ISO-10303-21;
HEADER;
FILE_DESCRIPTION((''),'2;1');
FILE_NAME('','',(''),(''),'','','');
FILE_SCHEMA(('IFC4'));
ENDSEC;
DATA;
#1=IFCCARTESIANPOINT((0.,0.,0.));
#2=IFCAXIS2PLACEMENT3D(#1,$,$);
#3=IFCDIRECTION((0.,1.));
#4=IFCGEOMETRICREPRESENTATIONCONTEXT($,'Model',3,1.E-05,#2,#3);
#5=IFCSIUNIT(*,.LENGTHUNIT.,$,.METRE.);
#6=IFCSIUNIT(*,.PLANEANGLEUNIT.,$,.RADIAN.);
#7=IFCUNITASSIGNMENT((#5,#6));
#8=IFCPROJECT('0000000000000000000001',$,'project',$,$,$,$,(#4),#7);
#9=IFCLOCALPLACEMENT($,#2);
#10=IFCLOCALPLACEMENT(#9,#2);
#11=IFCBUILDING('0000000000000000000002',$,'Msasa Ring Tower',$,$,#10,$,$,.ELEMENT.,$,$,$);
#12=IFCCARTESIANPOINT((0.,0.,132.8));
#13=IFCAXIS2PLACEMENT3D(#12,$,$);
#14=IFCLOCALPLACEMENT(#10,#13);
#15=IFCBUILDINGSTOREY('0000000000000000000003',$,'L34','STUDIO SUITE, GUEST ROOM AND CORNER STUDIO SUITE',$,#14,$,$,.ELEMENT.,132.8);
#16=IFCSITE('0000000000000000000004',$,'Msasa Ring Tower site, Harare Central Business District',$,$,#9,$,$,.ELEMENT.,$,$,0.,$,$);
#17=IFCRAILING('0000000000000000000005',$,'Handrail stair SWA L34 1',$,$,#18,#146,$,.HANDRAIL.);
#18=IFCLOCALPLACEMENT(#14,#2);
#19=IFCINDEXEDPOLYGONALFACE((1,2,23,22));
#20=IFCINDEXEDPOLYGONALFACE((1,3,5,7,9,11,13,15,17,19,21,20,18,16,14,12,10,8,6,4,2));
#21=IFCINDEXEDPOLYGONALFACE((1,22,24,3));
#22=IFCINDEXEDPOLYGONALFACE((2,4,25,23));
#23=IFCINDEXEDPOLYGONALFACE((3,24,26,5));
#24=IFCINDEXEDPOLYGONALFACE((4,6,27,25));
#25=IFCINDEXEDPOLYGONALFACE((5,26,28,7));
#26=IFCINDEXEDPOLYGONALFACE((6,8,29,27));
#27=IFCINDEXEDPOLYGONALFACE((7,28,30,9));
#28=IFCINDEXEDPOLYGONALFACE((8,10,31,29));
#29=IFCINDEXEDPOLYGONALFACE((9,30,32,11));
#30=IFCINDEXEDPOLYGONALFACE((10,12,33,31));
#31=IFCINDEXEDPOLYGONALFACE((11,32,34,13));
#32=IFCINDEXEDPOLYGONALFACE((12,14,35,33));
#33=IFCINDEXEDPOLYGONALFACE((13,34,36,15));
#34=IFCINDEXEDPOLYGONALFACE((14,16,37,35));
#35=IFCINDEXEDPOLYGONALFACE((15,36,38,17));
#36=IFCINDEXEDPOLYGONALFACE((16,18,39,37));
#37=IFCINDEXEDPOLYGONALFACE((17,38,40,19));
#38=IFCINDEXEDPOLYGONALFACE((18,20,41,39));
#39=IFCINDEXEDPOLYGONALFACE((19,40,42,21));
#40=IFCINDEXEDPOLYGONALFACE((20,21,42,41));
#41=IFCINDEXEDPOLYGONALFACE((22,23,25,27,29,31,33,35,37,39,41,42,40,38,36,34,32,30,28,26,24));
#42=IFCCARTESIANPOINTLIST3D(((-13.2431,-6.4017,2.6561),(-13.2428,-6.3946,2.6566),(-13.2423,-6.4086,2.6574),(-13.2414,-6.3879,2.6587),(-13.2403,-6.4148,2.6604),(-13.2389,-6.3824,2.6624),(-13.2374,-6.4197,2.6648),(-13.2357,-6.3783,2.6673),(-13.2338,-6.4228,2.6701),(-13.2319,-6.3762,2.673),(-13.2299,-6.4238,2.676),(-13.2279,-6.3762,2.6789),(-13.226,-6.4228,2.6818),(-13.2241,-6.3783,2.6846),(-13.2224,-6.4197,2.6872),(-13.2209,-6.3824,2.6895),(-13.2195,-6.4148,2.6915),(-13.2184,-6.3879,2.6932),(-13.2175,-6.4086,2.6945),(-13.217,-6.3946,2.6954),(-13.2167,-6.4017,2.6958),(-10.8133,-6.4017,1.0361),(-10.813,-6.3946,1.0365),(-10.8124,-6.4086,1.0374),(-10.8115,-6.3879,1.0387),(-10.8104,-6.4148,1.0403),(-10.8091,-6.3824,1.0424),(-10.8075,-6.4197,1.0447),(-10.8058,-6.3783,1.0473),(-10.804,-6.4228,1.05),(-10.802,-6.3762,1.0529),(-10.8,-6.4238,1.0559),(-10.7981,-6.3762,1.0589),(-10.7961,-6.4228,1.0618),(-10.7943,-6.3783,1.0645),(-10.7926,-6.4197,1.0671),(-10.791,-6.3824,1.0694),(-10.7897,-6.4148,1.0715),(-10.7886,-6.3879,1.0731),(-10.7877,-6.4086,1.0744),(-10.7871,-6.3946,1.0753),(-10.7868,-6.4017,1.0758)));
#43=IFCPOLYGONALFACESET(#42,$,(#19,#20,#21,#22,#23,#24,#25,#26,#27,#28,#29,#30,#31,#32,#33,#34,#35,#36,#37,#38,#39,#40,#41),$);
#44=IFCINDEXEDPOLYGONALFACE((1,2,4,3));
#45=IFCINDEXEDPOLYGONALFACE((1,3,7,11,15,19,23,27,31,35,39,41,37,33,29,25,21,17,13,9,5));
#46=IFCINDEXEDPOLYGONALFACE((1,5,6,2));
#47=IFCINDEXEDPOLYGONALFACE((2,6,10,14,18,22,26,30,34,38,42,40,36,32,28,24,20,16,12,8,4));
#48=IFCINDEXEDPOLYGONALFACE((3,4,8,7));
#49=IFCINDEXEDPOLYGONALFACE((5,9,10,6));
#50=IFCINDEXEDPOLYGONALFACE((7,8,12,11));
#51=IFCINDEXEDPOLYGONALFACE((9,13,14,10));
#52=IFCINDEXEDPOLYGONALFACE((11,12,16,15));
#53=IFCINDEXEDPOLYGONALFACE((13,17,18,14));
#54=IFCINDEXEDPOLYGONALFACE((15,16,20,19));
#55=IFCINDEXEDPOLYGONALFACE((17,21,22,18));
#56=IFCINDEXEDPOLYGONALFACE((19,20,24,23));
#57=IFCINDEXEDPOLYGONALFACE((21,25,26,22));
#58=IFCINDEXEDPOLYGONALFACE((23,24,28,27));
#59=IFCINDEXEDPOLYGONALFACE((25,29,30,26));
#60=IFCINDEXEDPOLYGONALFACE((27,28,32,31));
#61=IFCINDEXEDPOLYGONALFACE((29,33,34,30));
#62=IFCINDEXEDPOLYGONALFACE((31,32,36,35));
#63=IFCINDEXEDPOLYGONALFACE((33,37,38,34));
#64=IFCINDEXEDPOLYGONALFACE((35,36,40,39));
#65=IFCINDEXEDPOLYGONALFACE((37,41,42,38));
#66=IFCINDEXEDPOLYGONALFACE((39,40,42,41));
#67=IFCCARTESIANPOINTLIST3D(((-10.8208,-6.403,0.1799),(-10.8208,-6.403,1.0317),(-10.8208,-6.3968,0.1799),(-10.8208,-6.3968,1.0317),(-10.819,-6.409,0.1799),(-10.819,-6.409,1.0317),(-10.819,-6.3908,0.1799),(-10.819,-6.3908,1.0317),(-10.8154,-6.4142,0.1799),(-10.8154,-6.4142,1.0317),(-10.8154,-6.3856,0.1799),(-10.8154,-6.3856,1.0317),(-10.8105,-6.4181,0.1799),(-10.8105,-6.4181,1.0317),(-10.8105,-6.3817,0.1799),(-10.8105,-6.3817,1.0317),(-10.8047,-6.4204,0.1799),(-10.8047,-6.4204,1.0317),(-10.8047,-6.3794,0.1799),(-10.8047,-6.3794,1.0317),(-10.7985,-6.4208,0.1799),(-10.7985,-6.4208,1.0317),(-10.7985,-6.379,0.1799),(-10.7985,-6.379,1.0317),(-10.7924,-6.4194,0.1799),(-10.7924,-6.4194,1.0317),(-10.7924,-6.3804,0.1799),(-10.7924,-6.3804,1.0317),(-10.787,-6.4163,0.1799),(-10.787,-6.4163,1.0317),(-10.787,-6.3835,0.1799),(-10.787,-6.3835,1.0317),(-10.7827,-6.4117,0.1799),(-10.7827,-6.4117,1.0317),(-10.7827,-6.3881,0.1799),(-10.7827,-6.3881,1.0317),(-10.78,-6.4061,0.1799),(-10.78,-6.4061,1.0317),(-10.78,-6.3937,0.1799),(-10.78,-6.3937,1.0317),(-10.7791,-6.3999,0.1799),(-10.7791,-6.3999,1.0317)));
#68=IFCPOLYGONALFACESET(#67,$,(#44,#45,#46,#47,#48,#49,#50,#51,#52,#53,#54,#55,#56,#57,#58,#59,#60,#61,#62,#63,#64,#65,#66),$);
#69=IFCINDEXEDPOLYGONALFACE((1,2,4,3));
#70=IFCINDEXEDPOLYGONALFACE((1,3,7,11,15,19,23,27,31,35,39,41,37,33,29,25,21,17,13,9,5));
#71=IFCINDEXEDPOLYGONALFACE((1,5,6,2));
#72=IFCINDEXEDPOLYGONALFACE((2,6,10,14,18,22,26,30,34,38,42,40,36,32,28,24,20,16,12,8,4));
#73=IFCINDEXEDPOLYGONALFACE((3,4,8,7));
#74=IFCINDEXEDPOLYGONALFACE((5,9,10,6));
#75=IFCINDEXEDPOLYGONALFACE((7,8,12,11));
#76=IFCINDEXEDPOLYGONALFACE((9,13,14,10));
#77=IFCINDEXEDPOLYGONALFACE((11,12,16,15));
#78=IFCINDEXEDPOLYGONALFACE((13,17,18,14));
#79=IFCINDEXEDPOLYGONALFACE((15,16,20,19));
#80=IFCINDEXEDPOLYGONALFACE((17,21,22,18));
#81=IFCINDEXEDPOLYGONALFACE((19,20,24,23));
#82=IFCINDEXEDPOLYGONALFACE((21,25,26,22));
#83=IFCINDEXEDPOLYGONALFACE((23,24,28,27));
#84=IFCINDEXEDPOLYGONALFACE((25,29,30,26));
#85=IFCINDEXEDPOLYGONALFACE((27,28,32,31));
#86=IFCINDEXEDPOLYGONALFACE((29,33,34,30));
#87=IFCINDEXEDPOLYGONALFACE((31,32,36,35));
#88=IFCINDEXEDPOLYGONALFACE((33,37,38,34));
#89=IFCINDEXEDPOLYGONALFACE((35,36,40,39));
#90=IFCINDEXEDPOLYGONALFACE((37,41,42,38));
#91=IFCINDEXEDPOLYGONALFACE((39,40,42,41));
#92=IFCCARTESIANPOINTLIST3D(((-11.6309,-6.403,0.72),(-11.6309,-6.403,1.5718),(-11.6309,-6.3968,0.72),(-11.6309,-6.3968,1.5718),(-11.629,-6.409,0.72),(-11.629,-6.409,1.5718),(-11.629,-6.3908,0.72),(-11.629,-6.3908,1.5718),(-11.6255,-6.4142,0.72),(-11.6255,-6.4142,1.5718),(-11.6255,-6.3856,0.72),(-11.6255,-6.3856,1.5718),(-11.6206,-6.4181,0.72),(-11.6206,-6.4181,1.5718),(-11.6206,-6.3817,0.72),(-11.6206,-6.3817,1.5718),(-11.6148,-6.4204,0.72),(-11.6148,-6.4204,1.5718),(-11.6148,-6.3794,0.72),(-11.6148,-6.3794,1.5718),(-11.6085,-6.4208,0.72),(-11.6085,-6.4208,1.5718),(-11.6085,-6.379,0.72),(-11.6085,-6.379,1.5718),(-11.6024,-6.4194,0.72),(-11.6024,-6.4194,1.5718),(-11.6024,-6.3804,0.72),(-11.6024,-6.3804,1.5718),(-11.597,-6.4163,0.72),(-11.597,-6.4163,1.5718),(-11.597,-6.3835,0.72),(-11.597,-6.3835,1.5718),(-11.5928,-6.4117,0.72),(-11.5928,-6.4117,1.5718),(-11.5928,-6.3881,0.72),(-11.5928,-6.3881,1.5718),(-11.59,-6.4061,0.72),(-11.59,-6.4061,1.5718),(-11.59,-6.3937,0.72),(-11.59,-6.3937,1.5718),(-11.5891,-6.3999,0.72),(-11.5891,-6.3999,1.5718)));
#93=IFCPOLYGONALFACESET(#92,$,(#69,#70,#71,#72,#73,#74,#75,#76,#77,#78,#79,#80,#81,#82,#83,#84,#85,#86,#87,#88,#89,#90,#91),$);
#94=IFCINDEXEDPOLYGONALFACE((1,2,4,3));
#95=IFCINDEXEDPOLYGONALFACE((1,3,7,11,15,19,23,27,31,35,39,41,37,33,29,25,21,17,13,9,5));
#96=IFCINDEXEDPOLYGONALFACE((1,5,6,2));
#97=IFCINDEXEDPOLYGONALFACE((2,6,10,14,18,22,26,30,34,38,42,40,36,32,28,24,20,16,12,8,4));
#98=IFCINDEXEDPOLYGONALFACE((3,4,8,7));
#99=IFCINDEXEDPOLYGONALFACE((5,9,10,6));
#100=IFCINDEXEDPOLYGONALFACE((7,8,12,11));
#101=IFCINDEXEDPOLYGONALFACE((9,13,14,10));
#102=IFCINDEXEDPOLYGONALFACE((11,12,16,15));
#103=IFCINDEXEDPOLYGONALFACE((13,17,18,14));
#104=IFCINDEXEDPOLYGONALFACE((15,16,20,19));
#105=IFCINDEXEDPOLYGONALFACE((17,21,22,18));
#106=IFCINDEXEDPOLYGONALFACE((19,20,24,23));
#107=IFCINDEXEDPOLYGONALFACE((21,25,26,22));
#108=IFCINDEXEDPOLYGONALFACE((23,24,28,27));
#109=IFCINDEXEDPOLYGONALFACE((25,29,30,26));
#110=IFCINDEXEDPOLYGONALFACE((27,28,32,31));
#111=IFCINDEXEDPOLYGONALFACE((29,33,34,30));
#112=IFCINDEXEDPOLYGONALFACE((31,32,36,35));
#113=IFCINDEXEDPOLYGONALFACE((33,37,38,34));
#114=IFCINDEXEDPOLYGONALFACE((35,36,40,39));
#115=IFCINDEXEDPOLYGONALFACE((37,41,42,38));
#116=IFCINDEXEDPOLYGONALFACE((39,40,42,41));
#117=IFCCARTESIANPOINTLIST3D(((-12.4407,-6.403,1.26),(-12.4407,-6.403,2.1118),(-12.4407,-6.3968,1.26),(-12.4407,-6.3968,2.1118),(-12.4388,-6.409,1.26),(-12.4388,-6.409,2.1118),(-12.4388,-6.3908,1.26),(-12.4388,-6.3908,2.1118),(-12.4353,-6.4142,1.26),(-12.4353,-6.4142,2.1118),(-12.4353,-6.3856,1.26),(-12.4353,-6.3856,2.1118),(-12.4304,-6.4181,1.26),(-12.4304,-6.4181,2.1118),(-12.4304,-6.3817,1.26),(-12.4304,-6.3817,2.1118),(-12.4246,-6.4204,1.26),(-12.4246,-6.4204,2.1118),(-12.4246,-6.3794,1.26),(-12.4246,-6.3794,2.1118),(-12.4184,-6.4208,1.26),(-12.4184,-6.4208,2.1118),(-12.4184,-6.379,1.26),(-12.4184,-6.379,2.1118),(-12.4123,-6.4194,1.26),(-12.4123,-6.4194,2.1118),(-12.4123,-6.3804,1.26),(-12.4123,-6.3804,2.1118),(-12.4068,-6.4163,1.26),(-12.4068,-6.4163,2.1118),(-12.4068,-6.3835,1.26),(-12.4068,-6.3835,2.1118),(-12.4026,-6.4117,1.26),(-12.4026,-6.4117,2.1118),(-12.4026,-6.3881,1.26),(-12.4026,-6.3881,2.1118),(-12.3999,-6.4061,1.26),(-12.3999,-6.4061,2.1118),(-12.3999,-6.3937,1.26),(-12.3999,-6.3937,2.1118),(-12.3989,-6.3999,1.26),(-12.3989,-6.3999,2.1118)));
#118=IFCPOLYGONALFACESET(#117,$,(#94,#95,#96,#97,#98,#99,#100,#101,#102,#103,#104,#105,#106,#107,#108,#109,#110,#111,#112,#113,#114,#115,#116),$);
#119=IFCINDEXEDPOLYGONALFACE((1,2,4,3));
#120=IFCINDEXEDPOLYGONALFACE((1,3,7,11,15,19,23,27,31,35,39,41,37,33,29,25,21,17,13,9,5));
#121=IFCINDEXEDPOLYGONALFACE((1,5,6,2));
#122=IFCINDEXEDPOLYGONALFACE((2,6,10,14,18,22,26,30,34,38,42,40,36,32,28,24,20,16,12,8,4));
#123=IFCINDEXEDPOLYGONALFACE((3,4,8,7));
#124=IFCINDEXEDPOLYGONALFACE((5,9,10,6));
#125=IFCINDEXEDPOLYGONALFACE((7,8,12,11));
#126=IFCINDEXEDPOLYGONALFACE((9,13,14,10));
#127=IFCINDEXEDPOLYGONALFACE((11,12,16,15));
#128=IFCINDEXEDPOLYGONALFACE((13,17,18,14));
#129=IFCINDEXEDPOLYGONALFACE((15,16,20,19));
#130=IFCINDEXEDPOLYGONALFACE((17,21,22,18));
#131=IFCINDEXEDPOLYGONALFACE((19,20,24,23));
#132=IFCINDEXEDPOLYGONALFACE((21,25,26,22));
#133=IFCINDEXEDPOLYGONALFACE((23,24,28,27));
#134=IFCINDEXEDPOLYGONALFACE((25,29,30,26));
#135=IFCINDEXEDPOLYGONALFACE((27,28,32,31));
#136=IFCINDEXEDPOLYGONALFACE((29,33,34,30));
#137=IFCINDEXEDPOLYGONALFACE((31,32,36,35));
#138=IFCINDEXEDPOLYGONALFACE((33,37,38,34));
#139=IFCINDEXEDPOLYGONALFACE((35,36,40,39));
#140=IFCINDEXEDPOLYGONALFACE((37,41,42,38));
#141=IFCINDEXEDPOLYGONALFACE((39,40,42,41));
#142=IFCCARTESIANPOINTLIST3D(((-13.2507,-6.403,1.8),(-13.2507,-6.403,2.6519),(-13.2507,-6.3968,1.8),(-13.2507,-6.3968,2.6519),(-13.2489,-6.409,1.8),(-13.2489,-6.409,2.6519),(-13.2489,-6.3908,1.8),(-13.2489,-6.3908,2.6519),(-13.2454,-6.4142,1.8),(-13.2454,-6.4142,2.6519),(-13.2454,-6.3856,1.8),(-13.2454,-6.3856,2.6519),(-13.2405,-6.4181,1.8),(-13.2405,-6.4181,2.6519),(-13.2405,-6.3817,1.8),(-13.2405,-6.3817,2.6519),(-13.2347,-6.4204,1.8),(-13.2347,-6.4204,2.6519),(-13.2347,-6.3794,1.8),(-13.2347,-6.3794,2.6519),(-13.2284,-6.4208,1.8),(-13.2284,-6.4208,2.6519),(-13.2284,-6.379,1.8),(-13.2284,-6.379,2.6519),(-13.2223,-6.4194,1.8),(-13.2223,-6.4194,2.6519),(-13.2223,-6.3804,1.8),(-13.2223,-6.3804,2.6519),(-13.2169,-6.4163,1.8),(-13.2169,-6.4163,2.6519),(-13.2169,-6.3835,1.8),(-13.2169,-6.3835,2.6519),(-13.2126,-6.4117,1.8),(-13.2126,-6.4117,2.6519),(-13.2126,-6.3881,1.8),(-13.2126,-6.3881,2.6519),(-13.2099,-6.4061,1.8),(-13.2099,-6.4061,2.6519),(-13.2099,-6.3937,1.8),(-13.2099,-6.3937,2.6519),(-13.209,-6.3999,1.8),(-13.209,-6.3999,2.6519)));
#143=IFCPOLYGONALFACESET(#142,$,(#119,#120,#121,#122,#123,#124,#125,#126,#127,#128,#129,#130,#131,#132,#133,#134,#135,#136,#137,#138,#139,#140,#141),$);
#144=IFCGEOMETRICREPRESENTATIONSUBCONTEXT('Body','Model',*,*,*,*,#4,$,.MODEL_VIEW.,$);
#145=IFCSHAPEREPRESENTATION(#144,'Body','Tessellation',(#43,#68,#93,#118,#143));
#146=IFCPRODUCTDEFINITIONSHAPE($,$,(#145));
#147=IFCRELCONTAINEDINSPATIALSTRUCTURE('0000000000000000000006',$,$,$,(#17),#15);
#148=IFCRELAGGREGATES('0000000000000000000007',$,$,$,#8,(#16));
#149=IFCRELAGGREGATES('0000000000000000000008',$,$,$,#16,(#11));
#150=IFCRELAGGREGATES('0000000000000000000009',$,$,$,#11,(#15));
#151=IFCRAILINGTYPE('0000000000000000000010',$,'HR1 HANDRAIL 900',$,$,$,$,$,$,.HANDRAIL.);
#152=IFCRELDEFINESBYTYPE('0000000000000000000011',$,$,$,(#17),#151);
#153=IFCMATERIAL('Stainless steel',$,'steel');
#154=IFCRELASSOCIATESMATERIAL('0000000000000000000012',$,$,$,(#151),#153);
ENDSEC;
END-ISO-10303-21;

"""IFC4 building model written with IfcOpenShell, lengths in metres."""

from ifc_helpers import new_model, si_unit, direction, frame, origin, origin_2d, place, context, subcontext, project, spatial, circle, extrude, material, type_object, element, save


model = new_model("IFC4")

# Units and contexts
model_context = context("Model", 3, precision=1e-05, world=origin(), true_north=direction((0.0, 1.0)))
body_context = subcontext(model_context, "Body", "Model", "MODEL_VIEW")
ifc_project = project(units=[si_unit("LENGTHUNIT", "METRE"), si_unit("PLANEANGLEUNIT", "RADIAN")], contexts=[model_context])

# Site, building, storey
site_placement = place(None, origin())
site = spatial("IfcSite", under=ifc_project, at=site_placement, Name="Msasa Ring Tower site, Harare Central Business District", CompositionType="ELEMENT", RefElevation=0.0)
building_placement = place(site_placement, origin())
building = spatial("IfcBuilding", under=site, at=building_placement, Name="Msasa Ring Tower", CompositionType="ELEMENT")
storey_placement = place(building_placement, frame((0.0, 0.0, 132.8)))
storey = spatial("IfcBuildingStorey", under=building, at=storey_placement, Name="L34", Description="STUDIO SUITE, GUEST ROOM AND CORNER STUDIO SUITE", CompositionType="ELEMENT", Elevation=132.8)

# Railing
ifc_material_1 = material(Name="Stainless steel", Category="steel")
railing_type = type_object("IfcRailingType", Name="HR1 HANDRAIL 900", PredefinedType="HANDRAIL", material=ifc_material_1)
for number, where, name in (
    (1, (-10.8, -6.3999, 0.1799), "Handrail stair SWA L34 1"),
):
    element("IfcRailing", number, at=place(storey_placement, frame(where)), inside=storey, type_object=railing_type, Name=name, PredefinedType="HANDRAIL", context=body_context, shape_type="SweptSolid", body=[
        extrude(circle(Radius=0.0239, at=origin_2d()), frame((0.0, 0.0, 0.876), z_axis=(-0.832025, 0.0, 0.554739), x_axis=(0.0, -1.0, 0.0)), (0.0, 0.0, 1.0), 2.9204),
        extrude(circle(Radius=0.021, at=origin_2d()), origin(), (0.0, 0.0, 1.0), 0.8518),
        extrude(circle(Radius=0.021, at=origin_2d()), frame((-0.8101, 0.0, 0.54)), (0.0, 0.0, 1.0), 0.8518),
        extrude(circle(Radius=0.021, at=origin_2d()), frame((-1.6199, 0.0, 1.0801)), (0.0, 0.0, 1.0), 0.8518),
        extrude(circle(Radius=0.021, at=origin_2d()), frame((-2.4299, 0.0, 1.6201)), (0.0, 0.0, 1.0), 0.8518),
    ])

save(model, "model.ifc")
